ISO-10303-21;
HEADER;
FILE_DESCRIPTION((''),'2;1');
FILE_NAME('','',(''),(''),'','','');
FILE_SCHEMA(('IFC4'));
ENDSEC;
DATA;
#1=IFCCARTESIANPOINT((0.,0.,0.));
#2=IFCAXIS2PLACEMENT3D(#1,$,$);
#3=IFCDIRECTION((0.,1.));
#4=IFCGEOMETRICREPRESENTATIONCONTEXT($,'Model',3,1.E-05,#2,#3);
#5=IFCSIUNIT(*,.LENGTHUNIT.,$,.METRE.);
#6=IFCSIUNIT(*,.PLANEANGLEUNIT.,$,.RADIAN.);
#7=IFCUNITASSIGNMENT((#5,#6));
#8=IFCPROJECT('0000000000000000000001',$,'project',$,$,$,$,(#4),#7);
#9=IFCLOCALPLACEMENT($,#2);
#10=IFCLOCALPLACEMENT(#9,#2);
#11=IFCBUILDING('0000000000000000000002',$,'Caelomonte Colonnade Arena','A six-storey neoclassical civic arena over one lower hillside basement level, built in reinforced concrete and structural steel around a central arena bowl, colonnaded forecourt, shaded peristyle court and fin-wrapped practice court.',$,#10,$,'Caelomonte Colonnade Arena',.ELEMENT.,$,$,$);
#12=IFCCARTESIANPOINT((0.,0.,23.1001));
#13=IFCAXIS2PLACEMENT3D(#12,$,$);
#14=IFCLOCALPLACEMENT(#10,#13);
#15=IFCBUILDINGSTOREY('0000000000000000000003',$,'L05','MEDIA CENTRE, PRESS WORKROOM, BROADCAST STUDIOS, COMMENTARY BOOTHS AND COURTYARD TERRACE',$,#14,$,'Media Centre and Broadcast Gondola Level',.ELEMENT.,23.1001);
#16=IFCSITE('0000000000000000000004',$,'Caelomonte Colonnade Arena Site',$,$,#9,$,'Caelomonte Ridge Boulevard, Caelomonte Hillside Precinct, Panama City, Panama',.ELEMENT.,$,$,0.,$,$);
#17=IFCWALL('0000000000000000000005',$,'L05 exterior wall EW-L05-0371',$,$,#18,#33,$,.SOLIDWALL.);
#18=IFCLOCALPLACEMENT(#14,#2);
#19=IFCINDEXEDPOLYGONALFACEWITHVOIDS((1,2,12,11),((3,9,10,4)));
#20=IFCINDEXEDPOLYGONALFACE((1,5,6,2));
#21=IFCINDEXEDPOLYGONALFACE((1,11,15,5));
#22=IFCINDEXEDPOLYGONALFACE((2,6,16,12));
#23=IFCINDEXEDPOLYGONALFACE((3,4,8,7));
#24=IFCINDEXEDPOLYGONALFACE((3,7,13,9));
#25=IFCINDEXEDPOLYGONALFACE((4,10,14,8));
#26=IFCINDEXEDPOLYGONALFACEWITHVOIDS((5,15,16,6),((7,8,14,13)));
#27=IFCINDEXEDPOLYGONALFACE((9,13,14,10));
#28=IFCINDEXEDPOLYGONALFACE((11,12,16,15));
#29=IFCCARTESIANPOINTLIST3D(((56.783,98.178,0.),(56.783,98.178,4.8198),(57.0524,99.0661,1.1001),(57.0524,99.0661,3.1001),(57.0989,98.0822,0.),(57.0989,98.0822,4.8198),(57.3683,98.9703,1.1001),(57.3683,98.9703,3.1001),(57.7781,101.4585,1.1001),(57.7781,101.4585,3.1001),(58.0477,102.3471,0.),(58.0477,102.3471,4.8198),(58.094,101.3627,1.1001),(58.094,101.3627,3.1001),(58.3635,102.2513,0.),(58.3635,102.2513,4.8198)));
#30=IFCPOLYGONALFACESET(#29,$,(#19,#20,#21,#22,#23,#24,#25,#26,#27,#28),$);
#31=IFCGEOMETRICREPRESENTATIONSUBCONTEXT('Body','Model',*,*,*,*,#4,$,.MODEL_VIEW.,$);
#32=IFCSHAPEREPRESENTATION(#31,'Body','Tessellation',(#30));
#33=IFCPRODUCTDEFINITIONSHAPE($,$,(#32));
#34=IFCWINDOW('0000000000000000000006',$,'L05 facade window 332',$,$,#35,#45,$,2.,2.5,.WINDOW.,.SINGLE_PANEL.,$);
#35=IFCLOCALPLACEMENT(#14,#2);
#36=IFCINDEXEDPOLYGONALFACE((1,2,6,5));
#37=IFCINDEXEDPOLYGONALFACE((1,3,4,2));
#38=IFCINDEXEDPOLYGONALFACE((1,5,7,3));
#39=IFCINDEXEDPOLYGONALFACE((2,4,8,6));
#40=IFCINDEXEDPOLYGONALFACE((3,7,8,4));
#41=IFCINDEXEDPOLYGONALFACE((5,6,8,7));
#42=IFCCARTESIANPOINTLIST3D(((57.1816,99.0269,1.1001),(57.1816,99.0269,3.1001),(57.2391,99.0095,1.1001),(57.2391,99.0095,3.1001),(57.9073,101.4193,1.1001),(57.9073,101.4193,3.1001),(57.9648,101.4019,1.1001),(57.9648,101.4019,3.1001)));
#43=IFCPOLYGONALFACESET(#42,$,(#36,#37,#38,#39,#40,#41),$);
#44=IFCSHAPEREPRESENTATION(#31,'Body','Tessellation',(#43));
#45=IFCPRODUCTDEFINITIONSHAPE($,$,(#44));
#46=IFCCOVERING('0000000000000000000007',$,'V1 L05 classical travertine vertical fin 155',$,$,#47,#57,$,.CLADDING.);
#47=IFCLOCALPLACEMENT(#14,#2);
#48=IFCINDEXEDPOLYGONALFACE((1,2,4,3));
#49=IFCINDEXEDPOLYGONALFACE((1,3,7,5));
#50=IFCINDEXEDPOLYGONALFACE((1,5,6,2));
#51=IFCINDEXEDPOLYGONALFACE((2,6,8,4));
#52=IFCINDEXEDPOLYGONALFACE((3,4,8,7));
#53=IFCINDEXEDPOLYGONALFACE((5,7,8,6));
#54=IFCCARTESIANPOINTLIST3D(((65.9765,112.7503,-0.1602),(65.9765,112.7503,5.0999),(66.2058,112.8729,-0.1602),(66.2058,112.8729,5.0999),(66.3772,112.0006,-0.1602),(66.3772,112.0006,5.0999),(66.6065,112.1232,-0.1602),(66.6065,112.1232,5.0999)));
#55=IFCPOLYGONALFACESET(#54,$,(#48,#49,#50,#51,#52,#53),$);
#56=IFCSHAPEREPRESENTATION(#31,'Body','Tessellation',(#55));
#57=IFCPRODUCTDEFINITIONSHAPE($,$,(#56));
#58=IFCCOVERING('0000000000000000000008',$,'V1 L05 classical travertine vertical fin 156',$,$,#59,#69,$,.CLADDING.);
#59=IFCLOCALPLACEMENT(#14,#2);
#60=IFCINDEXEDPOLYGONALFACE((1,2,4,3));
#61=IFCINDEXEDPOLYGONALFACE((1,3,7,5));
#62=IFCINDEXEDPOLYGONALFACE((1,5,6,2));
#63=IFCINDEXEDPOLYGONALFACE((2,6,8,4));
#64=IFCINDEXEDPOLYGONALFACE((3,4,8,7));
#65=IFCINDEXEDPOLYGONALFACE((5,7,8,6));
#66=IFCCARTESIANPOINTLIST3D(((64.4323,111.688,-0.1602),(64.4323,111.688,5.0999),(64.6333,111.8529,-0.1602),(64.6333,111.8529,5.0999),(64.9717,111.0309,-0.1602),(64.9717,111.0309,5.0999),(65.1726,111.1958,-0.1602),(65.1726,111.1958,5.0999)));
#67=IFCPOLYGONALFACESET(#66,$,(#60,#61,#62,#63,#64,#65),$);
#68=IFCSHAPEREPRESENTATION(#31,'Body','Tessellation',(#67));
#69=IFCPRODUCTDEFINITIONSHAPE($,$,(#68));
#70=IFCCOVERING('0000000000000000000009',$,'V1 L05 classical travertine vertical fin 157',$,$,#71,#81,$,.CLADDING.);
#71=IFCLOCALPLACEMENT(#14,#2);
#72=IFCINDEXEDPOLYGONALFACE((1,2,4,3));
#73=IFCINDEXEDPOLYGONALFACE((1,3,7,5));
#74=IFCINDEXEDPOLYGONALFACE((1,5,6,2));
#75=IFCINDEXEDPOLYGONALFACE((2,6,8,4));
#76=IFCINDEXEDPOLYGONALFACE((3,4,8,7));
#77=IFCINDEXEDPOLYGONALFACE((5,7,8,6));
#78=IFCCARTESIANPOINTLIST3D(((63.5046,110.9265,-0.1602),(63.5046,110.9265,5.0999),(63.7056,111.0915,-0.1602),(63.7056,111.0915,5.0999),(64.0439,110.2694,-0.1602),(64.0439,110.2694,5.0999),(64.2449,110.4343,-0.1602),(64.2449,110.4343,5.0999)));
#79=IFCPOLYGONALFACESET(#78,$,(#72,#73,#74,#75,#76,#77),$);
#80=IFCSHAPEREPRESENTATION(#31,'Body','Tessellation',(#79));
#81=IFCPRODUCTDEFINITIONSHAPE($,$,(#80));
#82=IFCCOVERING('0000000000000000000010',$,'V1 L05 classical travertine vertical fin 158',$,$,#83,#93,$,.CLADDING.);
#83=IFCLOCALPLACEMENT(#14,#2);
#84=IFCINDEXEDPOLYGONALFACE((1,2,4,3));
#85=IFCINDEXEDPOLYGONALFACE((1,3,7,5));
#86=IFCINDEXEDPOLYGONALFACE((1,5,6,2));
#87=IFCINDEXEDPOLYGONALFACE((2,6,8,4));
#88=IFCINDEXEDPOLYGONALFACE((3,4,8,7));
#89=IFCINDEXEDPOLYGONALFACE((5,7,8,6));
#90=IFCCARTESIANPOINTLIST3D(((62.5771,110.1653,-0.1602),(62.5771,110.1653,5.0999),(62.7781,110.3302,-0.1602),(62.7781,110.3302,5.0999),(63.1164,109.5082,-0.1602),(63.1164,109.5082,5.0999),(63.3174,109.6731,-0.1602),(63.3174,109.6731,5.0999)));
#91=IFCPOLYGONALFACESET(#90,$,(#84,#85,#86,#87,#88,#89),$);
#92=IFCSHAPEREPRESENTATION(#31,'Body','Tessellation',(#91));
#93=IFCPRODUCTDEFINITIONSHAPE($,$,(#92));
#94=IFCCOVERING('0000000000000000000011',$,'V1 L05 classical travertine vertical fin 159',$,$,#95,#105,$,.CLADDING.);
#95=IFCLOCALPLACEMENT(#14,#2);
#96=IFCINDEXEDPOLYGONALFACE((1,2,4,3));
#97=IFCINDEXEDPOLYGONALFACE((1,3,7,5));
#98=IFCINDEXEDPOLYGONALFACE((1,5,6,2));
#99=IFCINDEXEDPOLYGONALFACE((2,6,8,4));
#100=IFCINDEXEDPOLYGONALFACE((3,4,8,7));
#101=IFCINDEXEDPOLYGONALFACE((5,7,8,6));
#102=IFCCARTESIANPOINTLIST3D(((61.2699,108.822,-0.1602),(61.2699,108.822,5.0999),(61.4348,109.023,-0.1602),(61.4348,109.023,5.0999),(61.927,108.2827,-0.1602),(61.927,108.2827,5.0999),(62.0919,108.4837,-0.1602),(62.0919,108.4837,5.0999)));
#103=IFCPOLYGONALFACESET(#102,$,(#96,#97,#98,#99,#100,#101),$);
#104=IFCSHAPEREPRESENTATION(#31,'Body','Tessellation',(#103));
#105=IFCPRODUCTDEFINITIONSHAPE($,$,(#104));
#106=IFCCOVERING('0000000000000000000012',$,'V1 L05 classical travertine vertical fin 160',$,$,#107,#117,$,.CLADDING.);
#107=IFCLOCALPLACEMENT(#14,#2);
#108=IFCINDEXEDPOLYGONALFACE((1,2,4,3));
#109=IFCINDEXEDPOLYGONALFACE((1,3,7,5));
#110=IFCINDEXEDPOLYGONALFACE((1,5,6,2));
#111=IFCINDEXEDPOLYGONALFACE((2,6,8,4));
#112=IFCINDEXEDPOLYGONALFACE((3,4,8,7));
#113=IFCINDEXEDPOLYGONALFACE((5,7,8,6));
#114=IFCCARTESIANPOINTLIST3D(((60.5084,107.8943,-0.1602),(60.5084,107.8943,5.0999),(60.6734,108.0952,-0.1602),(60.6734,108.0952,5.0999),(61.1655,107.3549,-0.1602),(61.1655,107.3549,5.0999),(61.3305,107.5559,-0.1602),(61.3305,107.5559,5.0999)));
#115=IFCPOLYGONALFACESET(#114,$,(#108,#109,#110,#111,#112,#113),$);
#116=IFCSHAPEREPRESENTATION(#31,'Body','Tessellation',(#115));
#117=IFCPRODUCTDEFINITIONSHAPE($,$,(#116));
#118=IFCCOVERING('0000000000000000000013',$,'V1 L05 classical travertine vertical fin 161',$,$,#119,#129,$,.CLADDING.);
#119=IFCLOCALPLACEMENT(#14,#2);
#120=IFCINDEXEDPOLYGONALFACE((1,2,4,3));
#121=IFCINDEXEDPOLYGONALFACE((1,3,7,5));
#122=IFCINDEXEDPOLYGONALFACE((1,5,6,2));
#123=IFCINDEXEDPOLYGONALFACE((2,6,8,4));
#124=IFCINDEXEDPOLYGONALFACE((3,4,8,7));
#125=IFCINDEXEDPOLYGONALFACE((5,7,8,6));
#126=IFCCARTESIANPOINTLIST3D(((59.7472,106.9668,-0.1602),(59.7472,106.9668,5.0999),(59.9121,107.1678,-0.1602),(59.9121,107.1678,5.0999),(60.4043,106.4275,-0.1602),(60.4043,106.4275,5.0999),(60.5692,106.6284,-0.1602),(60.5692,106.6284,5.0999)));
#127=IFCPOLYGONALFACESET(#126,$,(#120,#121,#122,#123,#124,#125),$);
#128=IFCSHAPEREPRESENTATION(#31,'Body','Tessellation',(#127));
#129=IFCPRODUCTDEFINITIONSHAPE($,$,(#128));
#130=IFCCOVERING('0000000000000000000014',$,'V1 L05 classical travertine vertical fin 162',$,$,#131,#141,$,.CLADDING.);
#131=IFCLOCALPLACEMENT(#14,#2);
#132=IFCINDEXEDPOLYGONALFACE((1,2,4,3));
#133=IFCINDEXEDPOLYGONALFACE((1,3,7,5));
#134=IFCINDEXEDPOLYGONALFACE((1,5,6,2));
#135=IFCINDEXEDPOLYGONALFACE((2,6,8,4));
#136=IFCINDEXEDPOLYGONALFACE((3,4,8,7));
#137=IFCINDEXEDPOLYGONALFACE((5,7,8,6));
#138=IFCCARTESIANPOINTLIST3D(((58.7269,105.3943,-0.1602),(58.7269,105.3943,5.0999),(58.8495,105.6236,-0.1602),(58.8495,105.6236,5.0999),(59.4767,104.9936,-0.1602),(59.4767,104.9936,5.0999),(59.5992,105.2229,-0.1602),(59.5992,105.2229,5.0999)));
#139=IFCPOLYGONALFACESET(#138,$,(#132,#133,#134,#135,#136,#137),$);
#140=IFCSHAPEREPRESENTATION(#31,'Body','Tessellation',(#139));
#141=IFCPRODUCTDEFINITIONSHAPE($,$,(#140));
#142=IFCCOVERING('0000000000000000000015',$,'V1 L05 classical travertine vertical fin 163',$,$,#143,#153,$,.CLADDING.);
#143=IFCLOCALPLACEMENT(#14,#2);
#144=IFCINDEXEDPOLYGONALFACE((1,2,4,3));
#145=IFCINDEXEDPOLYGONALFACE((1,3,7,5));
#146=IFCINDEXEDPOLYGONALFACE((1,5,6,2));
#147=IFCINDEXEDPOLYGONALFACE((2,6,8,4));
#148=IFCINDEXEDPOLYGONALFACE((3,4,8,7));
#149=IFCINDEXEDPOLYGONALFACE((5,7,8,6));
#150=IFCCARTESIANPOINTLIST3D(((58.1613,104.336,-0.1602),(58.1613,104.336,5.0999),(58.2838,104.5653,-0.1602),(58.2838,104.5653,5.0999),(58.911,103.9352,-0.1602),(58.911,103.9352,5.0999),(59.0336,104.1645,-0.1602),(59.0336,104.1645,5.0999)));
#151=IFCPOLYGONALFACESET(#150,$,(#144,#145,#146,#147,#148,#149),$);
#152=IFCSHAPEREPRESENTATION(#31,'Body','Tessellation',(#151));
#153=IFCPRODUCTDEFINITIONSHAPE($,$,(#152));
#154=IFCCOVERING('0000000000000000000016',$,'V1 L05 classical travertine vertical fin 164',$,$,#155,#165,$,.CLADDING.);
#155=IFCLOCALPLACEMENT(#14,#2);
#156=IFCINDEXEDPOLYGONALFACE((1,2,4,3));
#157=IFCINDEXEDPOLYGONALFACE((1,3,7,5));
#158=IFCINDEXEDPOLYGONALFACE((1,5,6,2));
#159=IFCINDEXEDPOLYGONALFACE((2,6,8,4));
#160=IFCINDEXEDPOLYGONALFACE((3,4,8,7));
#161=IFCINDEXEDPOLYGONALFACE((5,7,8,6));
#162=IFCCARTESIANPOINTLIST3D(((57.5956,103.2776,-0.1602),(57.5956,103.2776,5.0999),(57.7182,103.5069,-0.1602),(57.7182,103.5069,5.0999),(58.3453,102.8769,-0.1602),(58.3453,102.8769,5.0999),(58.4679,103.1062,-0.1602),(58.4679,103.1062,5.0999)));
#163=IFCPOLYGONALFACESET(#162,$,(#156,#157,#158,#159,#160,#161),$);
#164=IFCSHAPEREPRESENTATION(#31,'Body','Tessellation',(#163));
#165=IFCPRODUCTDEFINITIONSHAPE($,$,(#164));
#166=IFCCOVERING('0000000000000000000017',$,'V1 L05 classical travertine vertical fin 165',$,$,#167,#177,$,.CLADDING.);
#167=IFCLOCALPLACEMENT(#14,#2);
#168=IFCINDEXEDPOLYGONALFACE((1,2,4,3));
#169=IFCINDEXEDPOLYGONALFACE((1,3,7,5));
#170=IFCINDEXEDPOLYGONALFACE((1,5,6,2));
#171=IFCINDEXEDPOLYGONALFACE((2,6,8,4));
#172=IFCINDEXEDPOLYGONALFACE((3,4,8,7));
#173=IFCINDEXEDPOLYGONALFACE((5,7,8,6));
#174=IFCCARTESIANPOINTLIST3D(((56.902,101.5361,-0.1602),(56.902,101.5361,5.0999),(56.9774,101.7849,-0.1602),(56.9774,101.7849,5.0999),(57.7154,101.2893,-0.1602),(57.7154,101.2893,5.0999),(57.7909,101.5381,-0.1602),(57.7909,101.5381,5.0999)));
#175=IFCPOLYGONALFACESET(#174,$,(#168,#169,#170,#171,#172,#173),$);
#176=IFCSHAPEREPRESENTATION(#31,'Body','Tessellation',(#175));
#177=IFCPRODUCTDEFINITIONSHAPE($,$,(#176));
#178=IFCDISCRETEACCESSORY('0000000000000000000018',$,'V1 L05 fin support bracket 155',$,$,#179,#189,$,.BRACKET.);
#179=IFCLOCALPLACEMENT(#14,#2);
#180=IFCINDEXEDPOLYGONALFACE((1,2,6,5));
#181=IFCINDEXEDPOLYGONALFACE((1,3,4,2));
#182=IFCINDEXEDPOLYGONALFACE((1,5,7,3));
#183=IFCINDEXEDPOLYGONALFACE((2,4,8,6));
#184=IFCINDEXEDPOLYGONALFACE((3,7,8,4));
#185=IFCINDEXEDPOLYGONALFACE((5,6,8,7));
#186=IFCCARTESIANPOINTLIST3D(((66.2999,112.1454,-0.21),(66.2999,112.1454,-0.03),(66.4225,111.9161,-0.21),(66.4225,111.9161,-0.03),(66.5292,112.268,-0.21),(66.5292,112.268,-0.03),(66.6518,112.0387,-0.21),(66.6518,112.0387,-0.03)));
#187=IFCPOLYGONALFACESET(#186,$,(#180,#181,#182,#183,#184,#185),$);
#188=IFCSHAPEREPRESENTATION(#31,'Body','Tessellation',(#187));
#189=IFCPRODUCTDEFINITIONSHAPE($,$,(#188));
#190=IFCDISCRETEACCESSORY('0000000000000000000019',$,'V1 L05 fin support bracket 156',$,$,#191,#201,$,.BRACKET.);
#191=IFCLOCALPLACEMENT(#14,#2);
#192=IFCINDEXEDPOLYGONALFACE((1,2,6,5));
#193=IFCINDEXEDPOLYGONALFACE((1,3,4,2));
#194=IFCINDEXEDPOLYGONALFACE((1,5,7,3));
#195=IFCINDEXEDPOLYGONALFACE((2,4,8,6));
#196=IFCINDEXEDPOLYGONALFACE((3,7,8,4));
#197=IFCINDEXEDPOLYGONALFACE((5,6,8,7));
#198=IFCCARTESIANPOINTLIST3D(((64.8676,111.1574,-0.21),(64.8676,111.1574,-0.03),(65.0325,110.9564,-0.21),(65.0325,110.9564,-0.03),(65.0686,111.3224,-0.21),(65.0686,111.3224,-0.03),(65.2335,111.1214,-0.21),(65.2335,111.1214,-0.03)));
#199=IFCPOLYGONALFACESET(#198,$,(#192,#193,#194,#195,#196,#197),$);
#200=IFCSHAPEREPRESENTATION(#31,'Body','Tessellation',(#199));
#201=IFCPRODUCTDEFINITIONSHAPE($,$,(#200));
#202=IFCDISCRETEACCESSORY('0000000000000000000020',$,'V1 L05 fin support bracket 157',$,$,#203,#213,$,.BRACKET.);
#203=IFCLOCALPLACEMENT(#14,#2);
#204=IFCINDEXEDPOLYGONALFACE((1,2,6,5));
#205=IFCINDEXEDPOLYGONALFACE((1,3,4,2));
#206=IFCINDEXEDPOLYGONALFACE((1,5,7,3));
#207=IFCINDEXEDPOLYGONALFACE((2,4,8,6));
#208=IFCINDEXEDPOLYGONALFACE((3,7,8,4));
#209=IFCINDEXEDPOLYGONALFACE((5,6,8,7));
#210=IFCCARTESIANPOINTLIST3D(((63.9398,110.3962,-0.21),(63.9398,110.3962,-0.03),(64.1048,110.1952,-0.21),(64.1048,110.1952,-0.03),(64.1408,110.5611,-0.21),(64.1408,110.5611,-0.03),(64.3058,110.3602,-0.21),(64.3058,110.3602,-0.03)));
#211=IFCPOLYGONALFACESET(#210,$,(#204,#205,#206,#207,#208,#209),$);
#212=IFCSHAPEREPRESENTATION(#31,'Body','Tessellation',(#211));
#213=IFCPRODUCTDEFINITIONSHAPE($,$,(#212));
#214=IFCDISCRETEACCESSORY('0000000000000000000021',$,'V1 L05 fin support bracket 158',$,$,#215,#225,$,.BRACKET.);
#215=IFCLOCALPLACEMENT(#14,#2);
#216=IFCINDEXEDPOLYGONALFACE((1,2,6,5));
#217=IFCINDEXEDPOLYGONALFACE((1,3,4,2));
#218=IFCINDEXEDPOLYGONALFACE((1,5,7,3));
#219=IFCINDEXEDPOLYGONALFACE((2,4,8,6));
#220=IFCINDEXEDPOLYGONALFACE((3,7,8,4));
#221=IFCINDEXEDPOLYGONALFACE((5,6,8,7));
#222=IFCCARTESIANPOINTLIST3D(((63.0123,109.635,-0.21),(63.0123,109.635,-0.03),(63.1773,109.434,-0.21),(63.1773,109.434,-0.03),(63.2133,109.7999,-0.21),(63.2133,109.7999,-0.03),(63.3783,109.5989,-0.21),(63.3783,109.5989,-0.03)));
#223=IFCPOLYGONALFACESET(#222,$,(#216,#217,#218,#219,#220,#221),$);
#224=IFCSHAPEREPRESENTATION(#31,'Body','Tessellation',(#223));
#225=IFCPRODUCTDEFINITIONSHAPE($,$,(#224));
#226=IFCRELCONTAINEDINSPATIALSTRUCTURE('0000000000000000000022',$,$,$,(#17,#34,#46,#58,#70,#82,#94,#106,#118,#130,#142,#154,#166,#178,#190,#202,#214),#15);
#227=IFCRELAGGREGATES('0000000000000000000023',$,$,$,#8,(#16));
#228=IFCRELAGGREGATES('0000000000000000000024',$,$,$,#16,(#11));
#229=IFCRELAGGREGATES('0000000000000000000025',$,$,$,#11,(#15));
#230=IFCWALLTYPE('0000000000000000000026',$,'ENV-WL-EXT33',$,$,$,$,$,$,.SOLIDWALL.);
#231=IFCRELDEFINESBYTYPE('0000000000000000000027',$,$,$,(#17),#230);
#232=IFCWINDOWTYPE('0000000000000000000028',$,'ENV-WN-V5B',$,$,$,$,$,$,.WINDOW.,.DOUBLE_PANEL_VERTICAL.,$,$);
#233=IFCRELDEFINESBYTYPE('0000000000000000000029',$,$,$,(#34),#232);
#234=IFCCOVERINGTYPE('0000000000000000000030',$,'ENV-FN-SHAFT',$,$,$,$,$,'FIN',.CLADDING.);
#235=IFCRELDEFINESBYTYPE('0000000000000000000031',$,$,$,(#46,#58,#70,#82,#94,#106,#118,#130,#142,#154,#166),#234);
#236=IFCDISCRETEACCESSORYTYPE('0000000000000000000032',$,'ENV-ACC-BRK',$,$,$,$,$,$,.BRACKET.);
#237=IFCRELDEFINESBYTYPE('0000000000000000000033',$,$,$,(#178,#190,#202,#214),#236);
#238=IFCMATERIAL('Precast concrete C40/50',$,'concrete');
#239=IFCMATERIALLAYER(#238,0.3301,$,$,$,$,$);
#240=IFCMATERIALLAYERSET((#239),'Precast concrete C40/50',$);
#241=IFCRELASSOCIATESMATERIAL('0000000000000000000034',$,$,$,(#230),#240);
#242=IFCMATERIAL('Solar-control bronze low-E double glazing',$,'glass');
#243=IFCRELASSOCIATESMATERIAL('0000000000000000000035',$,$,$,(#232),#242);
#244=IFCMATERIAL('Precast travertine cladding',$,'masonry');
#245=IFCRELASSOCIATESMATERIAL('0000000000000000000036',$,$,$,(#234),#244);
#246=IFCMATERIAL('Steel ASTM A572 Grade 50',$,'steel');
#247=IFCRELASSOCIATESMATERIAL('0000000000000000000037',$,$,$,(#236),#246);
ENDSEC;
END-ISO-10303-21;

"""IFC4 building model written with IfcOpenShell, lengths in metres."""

from ifc_helpers import new_model, si_unit, direction, frame, frame_2d, origin, origin_2d, place, context, subcontext, project, spatial, rectangle, extrude, material, layer, layer_set, material_profile, profile_set, type_object, element, fill, save


model = new_model("IFC4")

# Units and contexts
model_context = context("Model", 3, precision=1e-05, world=origin(), true_north=direction((0.0, 1.0)))
body_context = subcontext(model_context, "Body", "Model", "MODEL_VIEW")
ifc_project = project(units=[si_unit("LENGTHUNIT", "METRE"), si_unit("PLANEANGLEUNIT", "RADIAN")], contexts=[model_context])

# Site, building, storey
site_placement = place(None, origin())
site = spatial("IfcSite", under=ifc_project, at=site_placement, Name="Caelomonte Colonnade Arena Site", LongName="Caelomonte Ridge Boulevard, Caelomonte Hillside Precinct, Panama City, Panama", CompositionType="ELEMENT", RefElevation=0.0)
building_placement = place(site_placement, origin())
building = spatial("IfcBuilding", under=site, at=building_placement, Name="Caelomonte Colonnade Arena", Description="A six-storey neoclassical civic arena over one lower hillside basement level, built in reinforced concrete and structural steel around a central arena bowl, colonnaded forecourt, shaded peristyle court and fin-wrapped practice court.", LongName="Caelomonte Colonnade Arena", CompositionType="ELEMENT")
storey_placement = place(building_placement, frame((0.0, 0.0, 23.1001)))
storey = spatial("IfcBuildingStorey", under=building, at=storey_placement, Name="L05", Description="MEDIA CENTRE, PRESS WORKROOM, BROADCAST STUDIOS, COMMENTARY BOOTHS AND COURTYARD TERRACE", LongName="Media Centre and Broadcast Gondola Level", CompositionType="ELEMENT", Elevation=23.1001)

# Wall, opening, window
ifc_material_1 = material(Name="Precast concrete C40/50", Category="concrete")
ifc_material_2 = material(Name="Solar-control bronze low-E double glazing", Category="glass")
ifc_layer_1 = layer(ifc_material_1, 0.3301)
ifc_layer_set_1 = layer_set([ifc_layer_1], Name="Precast concrete C40/50")
wall_type_1 = type_object("IfcWallType", Name="ENV-WL-EXT33", PredefinedType="SOLIDWALL", material=ifc_layer_set_1)
window_type_1 = type_object("IfcWindowType", Name="ENV-WN-V5B", PartitioningType="DOUBLE_PANEL_VERTICAL", PredefinedType="WINDOW", material=ifc_material_2)
wall_1_placement = place(storey_placement, frame((58.2056, 102.2991, 0.0), z_axis=(0.0, 0.0, 1.0), x_axis=(-0.290272, -0.956944, 0.0)))
wall_1 = element("IfcWall", 1, at=wall_1_placement, inside=storey, type_object=wall_type_1, Name="L05 exterior wall EW-L05-0371", PredefinedType="SOLIDWALL", context=body_context, shape_type="SweptSolid", body=[
    extrude(rectangle(XDim=4.3567, YDim=0.3301, at=frame_2d((2.1782, 0.0))), origin(), (0.0, 0.0, 1.0), 4.8198),
])
opening_1_placement = place(wall_1_placement, frame((3.4285, 0.0, 1.1001), z_axis=(0.0, 0.0, 1.0), x_axis=(-1.0, 0.0, 0.0)))
opening_1 = element("IfcOpeningElement", 2, at=opening_1_placement, cuts=wall_1, PredefinedType="OPENING", context=body_context, shape_type="SweptSolid", body=[
    extrude(rectangle(XDim=2.5, YDim=2.0, at=frame_2d((1.25, 1.0))), frame((0.0, 0.175, 0.0), z_axis=(0.0, -1.0, 0.0), x_axis=(1.0, 0.0, 0.0)), (0.0, 0.0, 1.0), 0.3501),
])
window_1_placement = place(opening_1_placement, origin())
window_1 = element("IfcWindow", 3, at=window_1_placement, inside=storey, type_object=window_type_1, Name="L05 facade window 332", OverallHeight=2.0, OverallWidth=2.5, PartitioningType="SINGLE_PANEL", PredefinedType="WINDOW", context=body_context, shape_type="SweptSolid", body=[
    extrude(rectangle(XDim=2.5, YDim=2.0, at=frame_2d((1.25, 1.0))), frame((0.0, 0.03, 0.0), z_axis=(0.0, -1.0, 0.0), x_axis=(1.0, 0.0, 0.0)), (0.0, 0.0, 1.0), 0.0601),
])
fill(opening_1, window_1)

# Coverings
ifc_material_3 = material(Name="Precast travertine cladding", Category="masonry")
ifc_material_profile_1 = material_profile(ifc_material_3, rectangle(XDim=0.26, YDim=0.8501, at=origin_2d()), Name="FIN260X850")
ifc_profile_set_1 = profile_set([ifc_material_profile_1], Name="Precast travertine cladding")
covering_type = type_object("IfcCoveringType", Name="ENV-FN-SHAFT", ElementType="FIN", PredefinedType="CLADDING", material=ifc_profile_set_1)
for number, where, z_axis, x_axis, name in (
    (4, (66.2915, 112.4368, -0.1602), (0.0, 0.0, 1.0), (0.881921, 0.471397, 0.0), "V1 L05 classical travertine vertical fin 155"),
    (5, (64.8025, 111.4419, -0.1602), (0.0, 0.0, 1.0), (0.772994, 0.634414, 0.0), "V1 L05 classical travertine vertical fin 156"),
    (6, (63.8748, 110.6804, -0.1602), (0.0, 0.0, 1.0), (0.772994, 0.634414, 0.0), "V1 L05 classical travertine vertical fin 157"),
    (7, (62.9473, 109.9192, -0.1602), (0.0, 0.0, 1.0), (0.772994, 0.634414, 0.0), "V1 L05 classical travertine vertical fin 158"),
    (8, (61.6809, 108.6528, -0.1602), (0.0, 0.0, 1.0), (0.634414, 0.772994, 0.0), "V1 L05 classical travertine vertical fin 159"),
    (9, (60.9194, 107.7251, -0.1602), (0.0, 0.0, 1.0), (0.634414, 0.772994, 0.0), "V1 L05 classical travertine vertical fin 160"),
    (10, (60.1582, 106.7976, -0.1602), (0.0, 0.0, 1.0), (0.634414, 0.772994, 0.0), "V1 L05 classical travertine vertical fin 161"),
    (11, (59.1631, 105.3086, -0.1602), (0.0, 0.0, 1.0), (0.471397, 0.881921, 0.0), "V1 L05 classical travertine vertical fin 162"),
    (12, (58.5974, 104.2502, -0.1602), (0.0, 0.0, 1.0), (0.471397, 0.881921, 0.0), "V1 L05 classical travertine vertical fin 163"),
    (13, (58.0317, 103.1919, -0.1602), (0.0, 0.0, 1.0), (0.471397, 0.881921, 0.0), "V1 L05 classical travertine vertical fin 164"),
    (14, (57.3464, 101.5371, -0.1602), (0.0, 0.0, 1.0), (0.290276, 0.956943, 0.0), "V1 L05 classical travertine vertical fin 165"),
):
    element("IfcCovering", number, at=place(storey_placement, frame(where, z_axis=z_axis, x_axis=x_axis)), inside=storey, type_object=covering_type, Name=name, PredefinedType="CLADDING", context=body_context, shape_type="SweptSolid", body=[
        extrude(rectangle(XDim=0.26, YDim=0.8501, at=origin_2d()), origin(), (0.0, 0.0, 1.0), 5.26),
    ])

# Discrete accessories
ifc_material_4 = material(Name="Steel ASTM A572 Grade 50", Category="steel")
discrete_accessory_type = type_object("IfcDiscreteAccessoryType", Name="ENV-ACC-BRK", PredefinedType="BRACKET", material=ifc_material_4)
for number, where, z_axis, x_axis, name in (
    (15, (66.4758, 112.092, -0.21), (0.0, 0.0, 1.0), (-0.881921, -0.471397, 0.0), "V1 L05 fin support bracket 155"),
    (16, (65.0505, 111.1394, -0.21), (0.0, 0.0, 1.0), (-0.772994, -0.634414, 0.0), "V1 L05 fin support bracket 156"),
    (17, (64.1228, 110.3782, -0.21), (0.0, 0.0, 1.0), (-0.772994, -0.634414, 0.0), "V1 L05 fin support bracket 157"),
    (18, (63.1953, 109.6169, -0.21), (0.0, 0.0, 1.0), (-0.772994, -0.634414, 0.0), "V1 L05 fin support bracket 158"),
):
    element("IfcDiscreteAccessory", number, at=place(storey_placement, frame(where, z_axis=z_axis, x_axis=x_axis)), inside=storey, type_object=discrete_accessory_type, Name=name, PredefinedType="BRACKET", context=body_context, shape_type="SweptSolid", body=[
        extrude(rectangle(XDim=0.26, YDim=0.26, at=origin_2d()), origin(), (0.0, 0.0, 1.0), 0.1799),
    ])

save(model, "model.ifc")
